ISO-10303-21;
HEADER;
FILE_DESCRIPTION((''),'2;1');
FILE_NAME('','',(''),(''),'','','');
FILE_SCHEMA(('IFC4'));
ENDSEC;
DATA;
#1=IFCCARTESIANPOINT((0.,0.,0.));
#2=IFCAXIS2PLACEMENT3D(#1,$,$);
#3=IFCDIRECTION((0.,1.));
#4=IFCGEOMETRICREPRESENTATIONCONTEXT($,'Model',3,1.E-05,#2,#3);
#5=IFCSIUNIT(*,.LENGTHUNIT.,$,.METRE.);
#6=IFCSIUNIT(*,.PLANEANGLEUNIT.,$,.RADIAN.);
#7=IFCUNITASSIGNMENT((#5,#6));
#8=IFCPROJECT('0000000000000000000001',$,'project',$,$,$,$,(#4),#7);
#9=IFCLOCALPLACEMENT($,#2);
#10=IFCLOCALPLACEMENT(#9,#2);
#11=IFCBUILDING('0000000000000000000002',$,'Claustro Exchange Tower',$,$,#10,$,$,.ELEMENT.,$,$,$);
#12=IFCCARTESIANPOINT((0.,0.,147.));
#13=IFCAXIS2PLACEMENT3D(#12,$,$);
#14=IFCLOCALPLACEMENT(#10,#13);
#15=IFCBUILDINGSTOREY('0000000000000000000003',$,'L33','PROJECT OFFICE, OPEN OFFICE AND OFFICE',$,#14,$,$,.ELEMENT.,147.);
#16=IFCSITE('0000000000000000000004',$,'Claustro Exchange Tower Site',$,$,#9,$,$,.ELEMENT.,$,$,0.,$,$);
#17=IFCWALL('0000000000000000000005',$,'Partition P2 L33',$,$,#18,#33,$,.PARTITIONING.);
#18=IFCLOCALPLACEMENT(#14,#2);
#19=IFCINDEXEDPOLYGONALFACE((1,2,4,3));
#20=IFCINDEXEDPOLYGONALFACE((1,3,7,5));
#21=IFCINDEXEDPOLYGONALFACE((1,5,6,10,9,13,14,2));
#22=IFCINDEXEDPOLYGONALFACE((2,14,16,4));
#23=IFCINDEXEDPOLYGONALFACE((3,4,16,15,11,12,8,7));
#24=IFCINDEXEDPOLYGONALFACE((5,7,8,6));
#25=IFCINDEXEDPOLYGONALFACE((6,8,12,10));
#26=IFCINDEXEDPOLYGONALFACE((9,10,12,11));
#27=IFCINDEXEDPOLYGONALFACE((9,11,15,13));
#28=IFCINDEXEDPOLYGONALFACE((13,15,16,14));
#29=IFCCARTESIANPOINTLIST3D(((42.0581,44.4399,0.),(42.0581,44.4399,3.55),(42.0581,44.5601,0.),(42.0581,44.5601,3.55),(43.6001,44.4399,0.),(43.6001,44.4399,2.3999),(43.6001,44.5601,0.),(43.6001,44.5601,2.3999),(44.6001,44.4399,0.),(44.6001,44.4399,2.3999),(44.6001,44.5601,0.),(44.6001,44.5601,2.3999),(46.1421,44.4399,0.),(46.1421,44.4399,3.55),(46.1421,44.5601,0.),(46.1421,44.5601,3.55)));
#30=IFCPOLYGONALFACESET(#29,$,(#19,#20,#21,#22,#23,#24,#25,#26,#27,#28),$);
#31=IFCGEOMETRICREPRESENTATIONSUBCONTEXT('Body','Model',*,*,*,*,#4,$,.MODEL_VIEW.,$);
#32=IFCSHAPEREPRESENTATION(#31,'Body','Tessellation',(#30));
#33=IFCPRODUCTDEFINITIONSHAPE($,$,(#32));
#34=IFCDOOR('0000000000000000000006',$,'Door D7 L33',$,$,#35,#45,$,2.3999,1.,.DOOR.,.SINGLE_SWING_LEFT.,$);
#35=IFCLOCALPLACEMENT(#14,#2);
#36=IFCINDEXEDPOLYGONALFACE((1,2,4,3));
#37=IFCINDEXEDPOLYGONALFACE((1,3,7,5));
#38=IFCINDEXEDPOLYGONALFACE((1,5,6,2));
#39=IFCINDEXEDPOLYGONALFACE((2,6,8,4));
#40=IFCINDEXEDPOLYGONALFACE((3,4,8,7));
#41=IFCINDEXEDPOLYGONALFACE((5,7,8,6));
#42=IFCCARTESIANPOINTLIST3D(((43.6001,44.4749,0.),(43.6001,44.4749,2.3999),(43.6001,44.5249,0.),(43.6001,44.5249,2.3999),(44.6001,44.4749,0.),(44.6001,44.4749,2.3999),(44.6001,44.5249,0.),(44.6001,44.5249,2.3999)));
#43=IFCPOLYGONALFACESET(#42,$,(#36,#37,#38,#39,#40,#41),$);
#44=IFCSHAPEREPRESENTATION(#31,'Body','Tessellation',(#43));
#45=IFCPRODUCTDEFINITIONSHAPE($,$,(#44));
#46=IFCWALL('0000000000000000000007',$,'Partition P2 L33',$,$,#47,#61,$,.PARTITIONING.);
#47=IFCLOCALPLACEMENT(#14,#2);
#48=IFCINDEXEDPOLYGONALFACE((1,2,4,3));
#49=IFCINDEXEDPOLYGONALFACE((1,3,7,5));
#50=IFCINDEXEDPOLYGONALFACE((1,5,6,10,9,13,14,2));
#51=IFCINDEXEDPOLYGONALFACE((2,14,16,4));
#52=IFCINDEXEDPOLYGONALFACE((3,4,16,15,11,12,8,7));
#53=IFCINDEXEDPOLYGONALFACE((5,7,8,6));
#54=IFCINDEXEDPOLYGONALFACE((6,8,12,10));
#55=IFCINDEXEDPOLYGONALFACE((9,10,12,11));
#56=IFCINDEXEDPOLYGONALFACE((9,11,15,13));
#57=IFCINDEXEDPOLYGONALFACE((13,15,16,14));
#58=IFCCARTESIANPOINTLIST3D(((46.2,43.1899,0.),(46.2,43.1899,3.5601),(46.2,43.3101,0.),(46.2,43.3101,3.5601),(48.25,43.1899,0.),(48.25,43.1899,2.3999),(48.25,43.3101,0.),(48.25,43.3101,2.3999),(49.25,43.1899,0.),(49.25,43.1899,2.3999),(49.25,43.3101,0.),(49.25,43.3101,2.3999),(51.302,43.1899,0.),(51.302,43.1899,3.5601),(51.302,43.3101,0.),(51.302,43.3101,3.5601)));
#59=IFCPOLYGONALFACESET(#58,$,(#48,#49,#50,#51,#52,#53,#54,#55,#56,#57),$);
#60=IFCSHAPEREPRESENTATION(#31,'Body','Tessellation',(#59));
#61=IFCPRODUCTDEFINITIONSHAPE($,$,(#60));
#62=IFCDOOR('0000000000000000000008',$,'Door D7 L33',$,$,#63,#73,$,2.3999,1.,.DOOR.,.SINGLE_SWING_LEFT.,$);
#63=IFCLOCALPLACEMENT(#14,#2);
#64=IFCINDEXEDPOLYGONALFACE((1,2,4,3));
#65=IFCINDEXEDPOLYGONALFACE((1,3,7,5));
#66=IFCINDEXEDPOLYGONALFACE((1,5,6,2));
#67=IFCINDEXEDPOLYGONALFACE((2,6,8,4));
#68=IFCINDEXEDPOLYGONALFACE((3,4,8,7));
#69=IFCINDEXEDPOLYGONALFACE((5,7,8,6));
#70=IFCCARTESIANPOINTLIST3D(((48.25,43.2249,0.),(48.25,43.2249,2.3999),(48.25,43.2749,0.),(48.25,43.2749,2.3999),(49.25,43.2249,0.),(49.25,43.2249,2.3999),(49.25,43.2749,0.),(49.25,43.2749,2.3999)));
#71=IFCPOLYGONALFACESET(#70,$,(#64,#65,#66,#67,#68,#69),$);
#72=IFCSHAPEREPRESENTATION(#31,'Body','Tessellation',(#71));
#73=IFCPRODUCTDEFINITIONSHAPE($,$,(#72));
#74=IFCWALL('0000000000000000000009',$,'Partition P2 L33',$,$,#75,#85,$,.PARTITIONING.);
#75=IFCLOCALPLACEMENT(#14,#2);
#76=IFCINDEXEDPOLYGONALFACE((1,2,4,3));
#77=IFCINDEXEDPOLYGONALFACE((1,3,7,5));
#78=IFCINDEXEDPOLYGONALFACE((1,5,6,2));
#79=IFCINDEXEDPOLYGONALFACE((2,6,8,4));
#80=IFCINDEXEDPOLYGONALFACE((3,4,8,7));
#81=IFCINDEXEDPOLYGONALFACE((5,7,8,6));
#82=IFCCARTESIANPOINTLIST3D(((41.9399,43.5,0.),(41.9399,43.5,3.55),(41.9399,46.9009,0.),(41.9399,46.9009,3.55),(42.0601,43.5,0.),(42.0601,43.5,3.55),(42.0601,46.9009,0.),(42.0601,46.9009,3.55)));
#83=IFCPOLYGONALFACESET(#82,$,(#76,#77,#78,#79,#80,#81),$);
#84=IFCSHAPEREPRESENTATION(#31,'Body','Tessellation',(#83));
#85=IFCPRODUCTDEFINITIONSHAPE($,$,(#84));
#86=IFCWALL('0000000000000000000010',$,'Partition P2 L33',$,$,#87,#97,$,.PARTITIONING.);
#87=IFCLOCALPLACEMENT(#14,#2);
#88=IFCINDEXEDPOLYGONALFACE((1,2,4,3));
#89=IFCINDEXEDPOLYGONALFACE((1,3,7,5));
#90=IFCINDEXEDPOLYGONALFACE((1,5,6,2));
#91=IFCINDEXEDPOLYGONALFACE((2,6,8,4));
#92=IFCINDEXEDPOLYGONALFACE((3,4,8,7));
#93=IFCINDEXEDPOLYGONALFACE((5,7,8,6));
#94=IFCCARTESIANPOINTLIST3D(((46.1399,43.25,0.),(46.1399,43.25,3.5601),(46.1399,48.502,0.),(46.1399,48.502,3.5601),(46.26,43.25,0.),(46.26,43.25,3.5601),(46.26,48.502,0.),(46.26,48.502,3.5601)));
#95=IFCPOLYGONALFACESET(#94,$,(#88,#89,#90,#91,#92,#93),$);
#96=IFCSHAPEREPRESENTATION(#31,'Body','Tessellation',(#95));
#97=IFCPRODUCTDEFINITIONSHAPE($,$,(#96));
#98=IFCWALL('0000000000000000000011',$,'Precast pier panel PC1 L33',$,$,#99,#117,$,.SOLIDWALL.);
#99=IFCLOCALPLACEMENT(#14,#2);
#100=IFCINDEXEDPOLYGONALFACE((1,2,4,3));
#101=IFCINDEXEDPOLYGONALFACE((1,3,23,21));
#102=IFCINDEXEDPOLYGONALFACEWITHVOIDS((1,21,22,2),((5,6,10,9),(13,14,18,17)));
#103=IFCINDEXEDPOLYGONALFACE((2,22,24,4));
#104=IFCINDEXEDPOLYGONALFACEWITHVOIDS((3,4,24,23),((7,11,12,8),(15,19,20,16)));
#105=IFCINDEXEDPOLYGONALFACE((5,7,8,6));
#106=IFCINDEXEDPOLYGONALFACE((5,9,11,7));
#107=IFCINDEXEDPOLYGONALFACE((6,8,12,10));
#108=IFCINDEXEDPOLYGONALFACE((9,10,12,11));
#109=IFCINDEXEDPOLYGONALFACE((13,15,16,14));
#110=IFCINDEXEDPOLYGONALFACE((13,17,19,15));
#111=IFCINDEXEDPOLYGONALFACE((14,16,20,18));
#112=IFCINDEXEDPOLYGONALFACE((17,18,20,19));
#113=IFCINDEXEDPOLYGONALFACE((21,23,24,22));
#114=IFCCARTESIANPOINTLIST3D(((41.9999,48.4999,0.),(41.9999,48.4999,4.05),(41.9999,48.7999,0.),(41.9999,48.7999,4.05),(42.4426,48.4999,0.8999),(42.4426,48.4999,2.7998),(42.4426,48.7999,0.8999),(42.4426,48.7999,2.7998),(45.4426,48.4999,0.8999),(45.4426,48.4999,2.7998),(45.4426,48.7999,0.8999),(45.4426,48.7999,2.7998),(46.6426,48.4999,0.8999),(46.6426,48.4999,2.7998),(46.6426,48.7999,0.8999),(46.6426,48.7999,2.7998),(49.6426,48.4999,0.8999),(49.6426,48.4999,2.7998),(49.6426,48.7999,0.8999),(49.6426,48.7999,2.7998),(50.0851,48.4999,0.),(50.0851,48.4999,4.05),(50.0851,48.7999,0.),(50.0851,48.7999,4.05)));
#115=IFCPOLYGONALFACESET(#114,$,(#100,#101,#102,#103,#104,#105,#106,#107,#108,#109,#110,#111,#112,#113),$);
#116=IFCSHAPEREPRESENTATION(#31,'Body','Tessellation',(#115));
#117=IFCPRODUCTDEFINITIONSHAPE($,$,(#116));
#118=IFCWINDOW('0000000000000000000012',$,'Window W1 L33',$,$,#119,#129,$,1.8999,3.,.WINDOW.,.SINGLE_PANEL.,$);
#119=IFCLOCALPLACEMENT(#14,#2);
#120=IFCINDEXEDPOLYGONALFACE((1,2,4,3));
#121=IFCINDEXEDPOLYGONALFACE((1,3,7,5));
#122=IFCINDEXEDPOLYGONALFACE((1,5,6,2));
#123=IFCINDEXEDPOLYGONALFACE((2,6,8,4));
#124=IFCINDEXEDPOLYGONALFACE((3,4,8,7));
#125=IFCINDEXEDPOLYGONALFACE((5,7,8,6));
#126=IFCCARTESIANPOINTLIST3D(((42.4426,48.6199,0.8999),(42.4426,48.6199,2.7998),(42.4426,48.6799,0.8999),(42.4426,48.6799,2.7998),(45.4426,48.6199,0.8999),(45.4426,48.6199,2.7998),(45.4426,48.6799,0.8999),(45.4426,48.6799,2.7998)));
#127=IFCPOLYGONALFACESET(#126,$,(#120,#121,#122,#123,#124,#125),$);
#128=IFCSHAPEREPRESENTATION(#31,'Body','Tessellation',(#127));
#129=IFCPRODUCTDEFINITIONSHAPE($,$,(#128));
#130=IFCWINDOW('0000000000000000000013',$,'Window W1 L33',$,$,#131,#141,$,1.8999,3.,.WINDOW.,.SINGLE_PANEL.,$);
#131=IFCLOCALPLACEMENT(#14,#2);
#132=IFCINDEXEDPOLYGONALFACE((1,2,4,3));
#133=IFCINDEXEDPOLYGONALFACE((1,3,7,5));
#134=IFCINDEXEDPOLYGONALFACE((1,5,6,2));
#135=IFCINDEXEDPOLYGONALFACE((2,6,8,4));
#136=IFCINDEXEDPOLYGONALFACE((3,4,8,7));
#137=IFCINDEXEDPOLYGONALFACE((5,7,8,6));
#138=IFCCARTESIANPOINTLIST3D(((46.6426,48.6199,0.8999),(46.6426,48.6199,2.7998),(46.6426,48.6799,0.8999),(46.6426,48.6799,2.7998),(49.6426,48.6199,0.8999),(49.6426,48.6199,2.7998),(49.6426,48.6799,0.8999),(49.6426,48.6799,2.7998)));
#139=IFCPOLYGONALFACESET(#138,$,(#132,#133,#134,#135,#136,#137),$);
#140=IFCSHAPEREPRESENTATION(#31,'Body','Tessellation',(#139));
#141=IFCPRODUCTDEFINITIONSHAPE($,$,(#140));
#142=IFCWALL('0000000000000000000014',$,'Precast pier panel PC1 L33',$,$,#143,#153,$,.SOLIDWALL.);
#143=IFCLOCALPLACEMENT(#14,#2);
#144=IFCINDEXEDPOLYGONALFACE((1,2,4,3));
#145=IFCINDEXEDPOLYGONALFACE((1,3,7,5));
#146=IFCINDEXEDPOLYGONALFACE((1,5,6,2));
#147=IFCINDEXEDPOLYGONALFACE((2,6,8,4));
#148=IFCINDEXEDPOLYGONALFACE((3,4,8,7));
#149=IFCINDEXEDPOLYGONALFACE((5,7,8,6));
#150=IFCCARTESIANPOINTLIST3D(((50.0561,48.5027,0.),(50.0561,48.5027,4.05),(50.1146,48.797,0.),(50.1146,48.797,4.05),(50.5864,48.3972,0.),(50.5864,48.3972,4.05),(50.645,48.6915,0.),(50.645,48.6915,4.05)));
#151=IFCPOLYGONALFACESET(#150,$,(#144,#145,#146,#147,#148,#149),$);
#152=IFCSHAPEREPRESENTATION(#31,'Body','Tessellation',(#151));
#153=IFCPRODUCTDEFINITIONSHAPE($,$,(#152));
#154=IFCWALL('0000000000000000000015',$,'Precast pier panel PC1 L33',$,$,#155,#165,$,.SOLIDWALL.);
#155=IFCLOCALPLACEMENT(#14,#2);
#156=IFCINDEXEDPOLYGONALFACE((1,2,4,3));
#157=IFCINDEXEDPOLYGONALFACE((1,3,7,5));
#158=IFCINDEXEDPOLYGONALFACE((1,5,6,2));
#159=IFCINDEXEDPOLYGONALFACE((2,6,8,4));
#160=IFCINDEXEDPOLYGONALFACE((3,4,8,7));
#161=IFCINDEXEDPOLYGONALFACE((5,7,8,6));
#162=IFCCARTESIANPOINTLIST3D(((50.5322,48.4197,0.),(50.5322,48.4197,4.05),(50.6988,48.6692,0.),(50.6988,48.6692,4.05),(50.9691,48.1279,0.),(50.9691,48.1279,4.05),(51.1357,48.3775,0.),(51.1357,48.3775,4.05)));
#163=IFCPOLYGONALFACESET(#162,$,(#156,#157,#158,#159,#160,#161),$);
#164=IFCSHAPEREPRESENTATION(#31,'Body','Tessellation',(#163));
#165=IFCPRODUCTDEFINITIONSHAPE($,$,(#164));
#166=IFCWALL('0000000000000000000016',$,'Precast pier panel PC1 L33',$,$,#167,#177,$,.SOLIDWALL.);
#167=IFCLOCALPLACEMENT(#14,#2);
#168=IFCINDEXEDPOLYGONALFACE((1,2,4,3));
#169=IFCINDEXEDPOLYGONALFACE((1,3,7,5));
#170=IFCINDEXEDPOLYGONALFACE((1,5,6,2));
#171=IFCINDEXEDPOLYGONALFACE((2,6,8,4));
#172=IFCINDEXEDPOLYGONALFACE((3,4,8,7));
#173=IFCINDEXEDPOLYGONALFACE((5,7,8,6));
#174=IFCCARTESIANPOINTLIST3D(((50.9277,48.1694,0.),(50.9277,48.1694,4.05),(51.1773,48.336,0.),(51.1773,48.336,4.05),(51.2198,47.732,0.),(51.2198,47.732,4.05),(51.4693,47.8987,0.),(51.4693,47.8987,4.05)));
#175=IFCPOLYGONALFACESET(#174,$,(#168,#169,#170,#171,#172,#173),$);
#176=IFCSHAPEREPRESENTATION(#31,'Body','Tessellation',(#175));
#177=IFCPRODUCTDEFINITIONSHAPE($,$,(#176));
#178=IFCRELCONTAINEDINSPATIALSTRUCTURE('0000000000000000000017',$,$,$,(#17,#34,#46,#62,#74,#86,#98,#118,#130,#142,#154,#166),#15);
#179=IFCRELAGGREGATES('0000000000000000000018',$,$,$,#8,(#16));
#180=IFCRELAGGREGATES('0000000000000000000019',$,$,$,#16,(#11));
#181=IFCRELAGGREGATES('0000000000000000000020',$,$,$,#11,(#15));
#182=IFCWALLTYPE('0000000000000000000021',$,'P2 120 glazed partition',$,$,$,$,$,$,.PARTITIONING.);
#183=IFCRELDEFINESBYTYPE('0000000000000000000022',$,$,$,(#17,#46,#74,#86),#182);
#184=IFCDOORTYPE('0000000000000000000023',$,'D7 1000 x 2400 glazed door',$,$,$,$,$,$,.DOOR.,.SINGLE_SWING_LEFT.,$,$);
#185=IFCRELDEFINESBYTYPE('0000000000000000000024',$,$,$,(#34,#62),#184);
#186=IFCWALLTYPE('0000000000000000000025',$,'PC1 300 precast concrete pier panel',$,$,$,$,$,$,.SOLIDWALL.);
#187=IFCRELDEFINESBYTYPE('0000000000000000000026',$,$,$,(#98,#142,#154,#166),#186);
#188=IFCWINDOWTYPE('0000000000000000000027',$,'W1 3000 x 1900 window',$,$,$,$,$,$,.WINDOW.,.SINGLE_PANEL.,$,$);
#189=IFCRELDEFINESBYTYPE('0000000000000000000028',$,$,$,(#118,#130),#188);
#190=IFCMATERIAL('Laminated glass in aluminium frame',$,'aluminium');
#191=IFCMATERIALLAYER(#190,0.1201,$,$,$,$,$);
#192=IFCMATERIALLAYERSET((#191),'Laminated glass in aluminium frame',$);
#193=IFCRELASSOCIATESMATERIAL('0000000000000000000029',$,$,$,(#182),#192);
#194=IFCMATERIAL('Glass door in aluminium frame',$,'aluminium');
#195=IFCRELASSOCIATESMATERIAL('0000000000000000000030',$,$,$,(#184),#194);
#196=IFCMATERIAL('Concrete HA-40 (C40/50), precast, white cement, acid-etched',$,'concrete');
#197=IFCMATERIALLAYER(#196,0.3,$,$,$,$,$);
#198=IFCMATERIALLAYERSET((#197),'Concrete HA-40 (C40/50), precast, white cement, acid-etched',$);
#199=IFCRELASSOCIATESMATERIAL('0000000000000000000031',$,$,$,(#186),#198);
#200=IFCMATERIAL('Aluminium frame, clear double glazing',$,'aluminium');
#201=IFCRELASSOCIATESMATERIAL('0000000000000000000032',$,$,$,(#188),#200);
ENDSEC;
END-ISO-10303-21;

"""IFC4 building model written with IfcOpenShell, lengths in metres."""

from ifc_helpers import new_model, si_unit, direction, frame, frame_2d, origin, place, context, subcontext, project, spatial, rectangle, extrude, material, layer, layer_set, type_object, element, fill, save


model = new_model("IFC4")

# Units and contexts
model_context = context("Model", 3, precision=1e-05, world=origin(), true_north=direction((0.0, 1.0)))
body_context = subcontext(model_context, "Body", "Model", "MODEL_VIEW")
ifc_project = project(units=[si_unit("LENGTHUNIT", "METRE"), si_unit("PLANEANGLEUNIT", "RADIAN")], contexts=[model_context])

# Site, building, storey
site_placement = place(None, origin())
site = spatial("IfcSite", under=ifc_project, at=site_placement, Name="Claustro Exchange Tower Site", CompositionType="ELEMENT", RefElevation=0.0)
building_placement = place(site_placement, origin())
building = spatial("IfcBuilding", under=site, at=building_placement, Name="Claustro Exchange Tower", CompositionType="ELEMENT")
storey_placement = place(building_placement, frame((0.0, 0.0, 147.0)))
storey = spatial("IfcBuildingStorey", under=building, at=storey_placement, Name="L33", Description="PROJECT OFFICE, OPEN OFFICE AND OFFICE", CompositionType="ELEMENT", Elevation=147.0)

# Walls, openings, doors
ifc_material_1 = material(Name="Laminated glass in aluminium frame", Category="aluminium")
ifc_layer_1 = layer(ifc_material_1, 0.1201)
ifc_layer_set_1 = layer_set([ifc_layer_1], Name="Laminated glass in aluminium frame")
wall_type_1 = type_object("IfcWallType", Name="P2 120 glazed partition", PredefinedType="PARTITIONING", material=ifc_layer_set_1)
wall_1_placement = place(storey_placement, frame((42.0581, 44.5, 0.0), z_axis=(0.0, 0.0, 1.0), x_axis=(1.0, 0.0, 0.0)))
wall_1 = element("IfcWall", 1, at=wall_1_placement, inside=storey, type_object=wall_type_1, Name="Partition P2 L33", PredefinedType="PARTITIONING", context=body_context, shape_type="SweptSolid", body=[
    extrude(rectangle(XDim=4.084, YDim=0.1201, at=frame_2d((2.042, 0.0))), origin(), (0.0, 0.0, 1.0), 3.55),
])
opening_1_placement = place(wall_1_placement, frame((1.542, 0.0, 0.0)))
opening_1 = element("IfcOpeningElement", 2, at=opening_1_placement, cuts=wall_1, PredefinedType="OPENING", context=body_context, shape_type="SweptSolid", body=[
    extrude(rectangle(XDim=1.0, YDim=2.3999, at=frame_2d((0.5, 1.2))), frame((0.0, 0.0701, 0.0), z_axis=(0.0, -1.0, 0.0), x_axis=(1.0, 0.0, 0.0)), (0.0, 0.0, 1.0), 0.1401),
])
ifc_material_2 = material(Name="Glass door in aluminium frame", Category="aluminium")
door_type = type_object("IfcDoorType", Name="D7 1000 x 2400 glazed door", OperationType="SINGLE_SWING_LEFT", PredefinedType="DOOR", material=ifc_material_2)
door_1_placement = place(opening_1_placement, origin())
door_1 = element("IfcDoor", 3, at=door_1_placement, inside=storey, type_object=door_type, Name="Door D7 L33", OperationType="SINGLE_SWING_LEFT", OverallHeight=2.3999, OverallWidth=1.0, PredefinedType="DOOR", context=body_context, shape_type="SweptSolid", body=[
    extrude(rectangle(XDim=1.0, YDim=2.3999, at=frame_2d((0.5, 1.2))), frame((0.0, 0.0249, 0.0), z_axis=(0.0, -1.0, 0.0), x_axis=(1.0, 0.0, 0.0)), (0.0, 0.0, 1.0), 0.05),
])
fill(opening_1, door_1)
wall_2_placement = place(storey_placement, frame((46.2, 43.25, 0.0), z_axis=(0.0, 0.0, 1.0), x_axis=(1.0, 0.0, 0.0)))
wall_2 = element("IfcWall", 4, at=wall_2_placement, inside=storey, type_object=wall_type_1, Name="Partition P2 L33", PredefinedType="PARTITIONING", context=body_context, shape_type="SweptSolid", body=[
    extrude(rectangle(XDim=5.1021, YDim=0.1201, at=frame_2d((2.551, 0.0))), origin(), (0.0, 0.0, 1.0), 3.5601),
])
opening_2_placement = place(wall_2_placement, frame((2.05, 0.0, 0.0)))
opening_2 = element("IfcOpeningElement", 5, at=opening_2_placement, cuts=wall_2, PredefinedType="OPENING", context=body_context, shape_type="SweptSolid", body=[
    extrude(rectangle(XDim=1.0, YDim=2.3999, at=frame_2d((0.5, 1.2))), frame((0.0, 0.0701, 0.0), z_axis=(0.0, -1.0, 0.0), x_axis=(1.0, 0.0, 0.0)), (0.0, 0.0, 1.0), 0.1401),
])
door_2_placement = place(opening_2_placement, origin())
door_2 = element("IfcDoor", 6, at=door_2_placement, inside=storey, type_object=door_type, Name="Door D7 L33", OperationType="SINGLE_SWING_LEFT", OverallHeight=2.3999, OverallWidth=1.0, PredefinedType="DOOR", context=body_context, shape_type="SweptSolid", body=[
    extrude(rectangle(XDim=1.0, YDim=2.3999, at=frame_2d((0.5, 1.2))), frame((0.0, 0.0249, 0.0), z_axis=(0.0, -1.0, 0.0), x_axis=(1.0, 0.0, 0.0)), (0.0, 0.0, 1.0), 0.05),
])
fill(opening_2, door_2)

# Walls
wall_3_placement = place(storey_placement, frame((42.0, 43.5, 0.0), z_axis=(0.0, 0.0, 1.0), x_axis=(0.0, 1.0, 0.0)))
element("IfcWall", 7, at=wall_3_placement, inside=storey, type_object=wall_type_1, Name="Partition P2 L33", PredefinedType="PARTITIONING", context=body_context, shape_type="SweptSolid", body=[
    extrude(rectangle(XDim=3.4009, YDim=0.1201, at=frame_2d((1.7004, 0.0))), origin(), (0.0, 0.0, 1.0), 3.55),
])
wall_4_placement = place(storey_placement, frame((46.2, 43.25, 0.0), z_axis=(0.0, 0.0, 1.0), x_axis=(0.0, 1.0, 0.0)))
element("IfcWall", 8, at=wall_4_placement, inside=storey, type_object=wall_type_1, Name="Partition P2 L33", PredefinedType="PARTITIONING", context=body_context, shape_type="SweptSolid", body=[
    extrude(rectangle(XDim=5.252, YDim=0.1201, at=frame_2d((2.626, 0.0))), origin(), (0.0, 0.0, 1.0), 3.5601),
])

# Wall, openings, windows
ifc_material_3 = material(Name="Concrete HA-40 (C40/50), precast, white cement, acid-etched", Category="concrete")
ifc_layer_2 = layer(ifc_material_3, 0.3)
ifc_layer_set_2 = layer_set([ifc_layer_2], Name="Concrete HA-40 (C40/50), precast, white cement, acid-etched")
wall_type_2 = type_object("IfcWallType", Name="PC1 300 precast concrete pier panel", PredefinedType="SOLIDWALL", material=ifc_layer_set_2)
wall_5_placement = place(storey_placement, frame((42.0, 48.6499, 0.0), z_axis=(0.0, 0.0, 1.0), x_axis=(1.0, 0.0, 0.0)))
wall_5 = element("IfcWall", 9, at=wall_5_placement, inside=storey, type_object=wall_type_2, Name="Precast pier panel PC1 L33", PredefinedType="SOLIDWALL", context=body_context, shape_type="SweptSolid", body=[
    extrude(rectangle(XDim=8.0852, YDim=0.3, at=frame_2d((4.0425, 0.0))), origin(), (0.0, 0.0, 1.0), 4.05),
])
opening_3_placement = place(wall_5_placement, frame((0.4426, 0.0, 0.8999)))
opening_3 = element("IfcOpeningElement", 10, at=opening_3_placement, cuts=wall_5, PredefinedType="OPENING", context=body_context, shape_type="SweptSolid", body=[
    extrude(rectangle(XDim=3.0, YDim=1.8999, at=frame_2d((1.5, 0.95))), frame((0.0, 0.1599, 0.0), z_axis=(0.0, -1.0, 0.0), x_axis=(1.0, 0.0, 0.0)), (0.0, 0.0, 1.0), 0.3201),
])
opening_4_placement = place(wall_5_placement, frame((4.6426, 0.0, 0.8999)))
opening_4 = element("IfcOpeningElement", 11, at=opening_4_placement, cuts=wall_5, PredefinedType="OPENING", context=body_context, shape_type="SweptSolid", body=[
    extrude(rectangle(XDim=3.0, YDim=1.8999, at=frame_2d((1.5, 0.95))), frame((0.0, 0.1599, 0.0), z_axis=(0.0, -1.0, 0.0), x_axis=(1.0, 0.0, 0.0)), (0.0, 0.0, 1.0), 0.3201),
])
ifc_material_4 = material(Name="Aluminium frame, clear double glazing", Category="aluminium")
window_type_1 = type_object("IfcWindowType", Name="W1 3000 x 1900 window", PartitioningType="SINGLE_PANEL", PredefinedType="WINDOW", material=ifc_material_4)
window_1_placement = place(opening_3_placement, origin())
window_1 = element("IfcWindow", 12, at=window_1_placement, inside=storey, type_object=window_type_1, Name="Window W1 L33", OverallHeight=1.8999, OverallWidth=3.0, PartitioningType="SINGLE_PANEL", PredefinedType="WINDOW", context=body_context, shape_type="SweptSolid", body=[
    extrude(rectangle(XDim=3.0, YDim=1.8999, at=frame_2d((1.5, 0.95))), frame((0.0, 0.03, 0.0), z_axis=(0.0, -1.0, 0.0), x_axis=(1.0, 0.0, 0.0)), (0.0, 0.0, 1.0), 0.0601),
])
fill(opening_3, window_1)
window_2_placement = place(opening_4_placement, origin())
window_2 = element("IfcWindow", 13, at=window_2_placement, inside=storey, type_object=window_type_1, Name="Window W1 L33", OverallHeight=1.8999, OverallWidth=3.0, PartitioningType="SINGLE_PANEL", PredefinedType="WINDOW", context=body_context, shape_type="SweptSolid", body=[
    extrude(rectangle(XDim=3.0, YDim=1.8999, at=frame_2d((1.5, 0.95))), frame((0.0, 0.03, 0.0), z_axis=(0.0, -1.0, 0.0), x_axis=(1.0, 0.0, 0.0)), (0.0, 0.0, 1.0), 0.0601),
])
fill(opening_4, window_2)

# Walls
wall_6_placement = place(storey_placement, frame((50.0852, 48.6499, 0.0), z_axis=(0.0, 0.0, 1.0), x_axis=(0.980789, -0.195074, 0.0)))
element("IfcWall", 14, at=wall_6_placement, inside=storey, type_object=wall_type_2, Name="Precast pier panel PC1 L33", PredefinedType="SOLIDWALL", context=body_context, shape_type="SweptSolid", body=[
    extrude(rectangle(XDim=0.5408, YDim=0.3, at=frame_2d((0.2705, 0.0))), origin(), (0.0, 0.0, 1.0), 4.05),
])
wall_7_placement = place(storey_placement, frame((50.6155, 48.5444, 0.0), z_axis=(0.0, 0.0, 1.0), x_axis=(0.831693, -0.555236, 0.0)))
element("IfcWall", 15, at=wall_7_placement, inside=storey, type_object=wall_type_2, Name="Precast pier panel PC1 L33", PredefinedType="SOLIDWALL", context=body_context, shape_type="SweptSolid", body=[
    extrude(rectangle(XDim=0.5254, YDim=0.3, at=frame_2d((0.2627, 0.0))), origin(), (0.0, 0.0, 1.0), 4.05),
])
wall_8_placement = place(storey_placement, frame((51.0525, 48.2527, 0.0), z_axis=(0.0, 0.0, 1.0), x_axis=(0.555343, -0.831621, 0.0)))
element("IfcWall", 16, at=wall_8_placement, inside=storey, type_object=wall_type_2, Name="Precast pier panel PC1 L33", PredefinedType="SOLIDWALL", context=body_context, shape_type="SweptSolid", body=[
    extrude(rectangle(XDim=0.5259, YDim=0.3, at=frame_2d((0.2629, 0.0))), origin(), (0.0, 0.0, 1.0), 4.05),
])

save(model, "model.ifc")
